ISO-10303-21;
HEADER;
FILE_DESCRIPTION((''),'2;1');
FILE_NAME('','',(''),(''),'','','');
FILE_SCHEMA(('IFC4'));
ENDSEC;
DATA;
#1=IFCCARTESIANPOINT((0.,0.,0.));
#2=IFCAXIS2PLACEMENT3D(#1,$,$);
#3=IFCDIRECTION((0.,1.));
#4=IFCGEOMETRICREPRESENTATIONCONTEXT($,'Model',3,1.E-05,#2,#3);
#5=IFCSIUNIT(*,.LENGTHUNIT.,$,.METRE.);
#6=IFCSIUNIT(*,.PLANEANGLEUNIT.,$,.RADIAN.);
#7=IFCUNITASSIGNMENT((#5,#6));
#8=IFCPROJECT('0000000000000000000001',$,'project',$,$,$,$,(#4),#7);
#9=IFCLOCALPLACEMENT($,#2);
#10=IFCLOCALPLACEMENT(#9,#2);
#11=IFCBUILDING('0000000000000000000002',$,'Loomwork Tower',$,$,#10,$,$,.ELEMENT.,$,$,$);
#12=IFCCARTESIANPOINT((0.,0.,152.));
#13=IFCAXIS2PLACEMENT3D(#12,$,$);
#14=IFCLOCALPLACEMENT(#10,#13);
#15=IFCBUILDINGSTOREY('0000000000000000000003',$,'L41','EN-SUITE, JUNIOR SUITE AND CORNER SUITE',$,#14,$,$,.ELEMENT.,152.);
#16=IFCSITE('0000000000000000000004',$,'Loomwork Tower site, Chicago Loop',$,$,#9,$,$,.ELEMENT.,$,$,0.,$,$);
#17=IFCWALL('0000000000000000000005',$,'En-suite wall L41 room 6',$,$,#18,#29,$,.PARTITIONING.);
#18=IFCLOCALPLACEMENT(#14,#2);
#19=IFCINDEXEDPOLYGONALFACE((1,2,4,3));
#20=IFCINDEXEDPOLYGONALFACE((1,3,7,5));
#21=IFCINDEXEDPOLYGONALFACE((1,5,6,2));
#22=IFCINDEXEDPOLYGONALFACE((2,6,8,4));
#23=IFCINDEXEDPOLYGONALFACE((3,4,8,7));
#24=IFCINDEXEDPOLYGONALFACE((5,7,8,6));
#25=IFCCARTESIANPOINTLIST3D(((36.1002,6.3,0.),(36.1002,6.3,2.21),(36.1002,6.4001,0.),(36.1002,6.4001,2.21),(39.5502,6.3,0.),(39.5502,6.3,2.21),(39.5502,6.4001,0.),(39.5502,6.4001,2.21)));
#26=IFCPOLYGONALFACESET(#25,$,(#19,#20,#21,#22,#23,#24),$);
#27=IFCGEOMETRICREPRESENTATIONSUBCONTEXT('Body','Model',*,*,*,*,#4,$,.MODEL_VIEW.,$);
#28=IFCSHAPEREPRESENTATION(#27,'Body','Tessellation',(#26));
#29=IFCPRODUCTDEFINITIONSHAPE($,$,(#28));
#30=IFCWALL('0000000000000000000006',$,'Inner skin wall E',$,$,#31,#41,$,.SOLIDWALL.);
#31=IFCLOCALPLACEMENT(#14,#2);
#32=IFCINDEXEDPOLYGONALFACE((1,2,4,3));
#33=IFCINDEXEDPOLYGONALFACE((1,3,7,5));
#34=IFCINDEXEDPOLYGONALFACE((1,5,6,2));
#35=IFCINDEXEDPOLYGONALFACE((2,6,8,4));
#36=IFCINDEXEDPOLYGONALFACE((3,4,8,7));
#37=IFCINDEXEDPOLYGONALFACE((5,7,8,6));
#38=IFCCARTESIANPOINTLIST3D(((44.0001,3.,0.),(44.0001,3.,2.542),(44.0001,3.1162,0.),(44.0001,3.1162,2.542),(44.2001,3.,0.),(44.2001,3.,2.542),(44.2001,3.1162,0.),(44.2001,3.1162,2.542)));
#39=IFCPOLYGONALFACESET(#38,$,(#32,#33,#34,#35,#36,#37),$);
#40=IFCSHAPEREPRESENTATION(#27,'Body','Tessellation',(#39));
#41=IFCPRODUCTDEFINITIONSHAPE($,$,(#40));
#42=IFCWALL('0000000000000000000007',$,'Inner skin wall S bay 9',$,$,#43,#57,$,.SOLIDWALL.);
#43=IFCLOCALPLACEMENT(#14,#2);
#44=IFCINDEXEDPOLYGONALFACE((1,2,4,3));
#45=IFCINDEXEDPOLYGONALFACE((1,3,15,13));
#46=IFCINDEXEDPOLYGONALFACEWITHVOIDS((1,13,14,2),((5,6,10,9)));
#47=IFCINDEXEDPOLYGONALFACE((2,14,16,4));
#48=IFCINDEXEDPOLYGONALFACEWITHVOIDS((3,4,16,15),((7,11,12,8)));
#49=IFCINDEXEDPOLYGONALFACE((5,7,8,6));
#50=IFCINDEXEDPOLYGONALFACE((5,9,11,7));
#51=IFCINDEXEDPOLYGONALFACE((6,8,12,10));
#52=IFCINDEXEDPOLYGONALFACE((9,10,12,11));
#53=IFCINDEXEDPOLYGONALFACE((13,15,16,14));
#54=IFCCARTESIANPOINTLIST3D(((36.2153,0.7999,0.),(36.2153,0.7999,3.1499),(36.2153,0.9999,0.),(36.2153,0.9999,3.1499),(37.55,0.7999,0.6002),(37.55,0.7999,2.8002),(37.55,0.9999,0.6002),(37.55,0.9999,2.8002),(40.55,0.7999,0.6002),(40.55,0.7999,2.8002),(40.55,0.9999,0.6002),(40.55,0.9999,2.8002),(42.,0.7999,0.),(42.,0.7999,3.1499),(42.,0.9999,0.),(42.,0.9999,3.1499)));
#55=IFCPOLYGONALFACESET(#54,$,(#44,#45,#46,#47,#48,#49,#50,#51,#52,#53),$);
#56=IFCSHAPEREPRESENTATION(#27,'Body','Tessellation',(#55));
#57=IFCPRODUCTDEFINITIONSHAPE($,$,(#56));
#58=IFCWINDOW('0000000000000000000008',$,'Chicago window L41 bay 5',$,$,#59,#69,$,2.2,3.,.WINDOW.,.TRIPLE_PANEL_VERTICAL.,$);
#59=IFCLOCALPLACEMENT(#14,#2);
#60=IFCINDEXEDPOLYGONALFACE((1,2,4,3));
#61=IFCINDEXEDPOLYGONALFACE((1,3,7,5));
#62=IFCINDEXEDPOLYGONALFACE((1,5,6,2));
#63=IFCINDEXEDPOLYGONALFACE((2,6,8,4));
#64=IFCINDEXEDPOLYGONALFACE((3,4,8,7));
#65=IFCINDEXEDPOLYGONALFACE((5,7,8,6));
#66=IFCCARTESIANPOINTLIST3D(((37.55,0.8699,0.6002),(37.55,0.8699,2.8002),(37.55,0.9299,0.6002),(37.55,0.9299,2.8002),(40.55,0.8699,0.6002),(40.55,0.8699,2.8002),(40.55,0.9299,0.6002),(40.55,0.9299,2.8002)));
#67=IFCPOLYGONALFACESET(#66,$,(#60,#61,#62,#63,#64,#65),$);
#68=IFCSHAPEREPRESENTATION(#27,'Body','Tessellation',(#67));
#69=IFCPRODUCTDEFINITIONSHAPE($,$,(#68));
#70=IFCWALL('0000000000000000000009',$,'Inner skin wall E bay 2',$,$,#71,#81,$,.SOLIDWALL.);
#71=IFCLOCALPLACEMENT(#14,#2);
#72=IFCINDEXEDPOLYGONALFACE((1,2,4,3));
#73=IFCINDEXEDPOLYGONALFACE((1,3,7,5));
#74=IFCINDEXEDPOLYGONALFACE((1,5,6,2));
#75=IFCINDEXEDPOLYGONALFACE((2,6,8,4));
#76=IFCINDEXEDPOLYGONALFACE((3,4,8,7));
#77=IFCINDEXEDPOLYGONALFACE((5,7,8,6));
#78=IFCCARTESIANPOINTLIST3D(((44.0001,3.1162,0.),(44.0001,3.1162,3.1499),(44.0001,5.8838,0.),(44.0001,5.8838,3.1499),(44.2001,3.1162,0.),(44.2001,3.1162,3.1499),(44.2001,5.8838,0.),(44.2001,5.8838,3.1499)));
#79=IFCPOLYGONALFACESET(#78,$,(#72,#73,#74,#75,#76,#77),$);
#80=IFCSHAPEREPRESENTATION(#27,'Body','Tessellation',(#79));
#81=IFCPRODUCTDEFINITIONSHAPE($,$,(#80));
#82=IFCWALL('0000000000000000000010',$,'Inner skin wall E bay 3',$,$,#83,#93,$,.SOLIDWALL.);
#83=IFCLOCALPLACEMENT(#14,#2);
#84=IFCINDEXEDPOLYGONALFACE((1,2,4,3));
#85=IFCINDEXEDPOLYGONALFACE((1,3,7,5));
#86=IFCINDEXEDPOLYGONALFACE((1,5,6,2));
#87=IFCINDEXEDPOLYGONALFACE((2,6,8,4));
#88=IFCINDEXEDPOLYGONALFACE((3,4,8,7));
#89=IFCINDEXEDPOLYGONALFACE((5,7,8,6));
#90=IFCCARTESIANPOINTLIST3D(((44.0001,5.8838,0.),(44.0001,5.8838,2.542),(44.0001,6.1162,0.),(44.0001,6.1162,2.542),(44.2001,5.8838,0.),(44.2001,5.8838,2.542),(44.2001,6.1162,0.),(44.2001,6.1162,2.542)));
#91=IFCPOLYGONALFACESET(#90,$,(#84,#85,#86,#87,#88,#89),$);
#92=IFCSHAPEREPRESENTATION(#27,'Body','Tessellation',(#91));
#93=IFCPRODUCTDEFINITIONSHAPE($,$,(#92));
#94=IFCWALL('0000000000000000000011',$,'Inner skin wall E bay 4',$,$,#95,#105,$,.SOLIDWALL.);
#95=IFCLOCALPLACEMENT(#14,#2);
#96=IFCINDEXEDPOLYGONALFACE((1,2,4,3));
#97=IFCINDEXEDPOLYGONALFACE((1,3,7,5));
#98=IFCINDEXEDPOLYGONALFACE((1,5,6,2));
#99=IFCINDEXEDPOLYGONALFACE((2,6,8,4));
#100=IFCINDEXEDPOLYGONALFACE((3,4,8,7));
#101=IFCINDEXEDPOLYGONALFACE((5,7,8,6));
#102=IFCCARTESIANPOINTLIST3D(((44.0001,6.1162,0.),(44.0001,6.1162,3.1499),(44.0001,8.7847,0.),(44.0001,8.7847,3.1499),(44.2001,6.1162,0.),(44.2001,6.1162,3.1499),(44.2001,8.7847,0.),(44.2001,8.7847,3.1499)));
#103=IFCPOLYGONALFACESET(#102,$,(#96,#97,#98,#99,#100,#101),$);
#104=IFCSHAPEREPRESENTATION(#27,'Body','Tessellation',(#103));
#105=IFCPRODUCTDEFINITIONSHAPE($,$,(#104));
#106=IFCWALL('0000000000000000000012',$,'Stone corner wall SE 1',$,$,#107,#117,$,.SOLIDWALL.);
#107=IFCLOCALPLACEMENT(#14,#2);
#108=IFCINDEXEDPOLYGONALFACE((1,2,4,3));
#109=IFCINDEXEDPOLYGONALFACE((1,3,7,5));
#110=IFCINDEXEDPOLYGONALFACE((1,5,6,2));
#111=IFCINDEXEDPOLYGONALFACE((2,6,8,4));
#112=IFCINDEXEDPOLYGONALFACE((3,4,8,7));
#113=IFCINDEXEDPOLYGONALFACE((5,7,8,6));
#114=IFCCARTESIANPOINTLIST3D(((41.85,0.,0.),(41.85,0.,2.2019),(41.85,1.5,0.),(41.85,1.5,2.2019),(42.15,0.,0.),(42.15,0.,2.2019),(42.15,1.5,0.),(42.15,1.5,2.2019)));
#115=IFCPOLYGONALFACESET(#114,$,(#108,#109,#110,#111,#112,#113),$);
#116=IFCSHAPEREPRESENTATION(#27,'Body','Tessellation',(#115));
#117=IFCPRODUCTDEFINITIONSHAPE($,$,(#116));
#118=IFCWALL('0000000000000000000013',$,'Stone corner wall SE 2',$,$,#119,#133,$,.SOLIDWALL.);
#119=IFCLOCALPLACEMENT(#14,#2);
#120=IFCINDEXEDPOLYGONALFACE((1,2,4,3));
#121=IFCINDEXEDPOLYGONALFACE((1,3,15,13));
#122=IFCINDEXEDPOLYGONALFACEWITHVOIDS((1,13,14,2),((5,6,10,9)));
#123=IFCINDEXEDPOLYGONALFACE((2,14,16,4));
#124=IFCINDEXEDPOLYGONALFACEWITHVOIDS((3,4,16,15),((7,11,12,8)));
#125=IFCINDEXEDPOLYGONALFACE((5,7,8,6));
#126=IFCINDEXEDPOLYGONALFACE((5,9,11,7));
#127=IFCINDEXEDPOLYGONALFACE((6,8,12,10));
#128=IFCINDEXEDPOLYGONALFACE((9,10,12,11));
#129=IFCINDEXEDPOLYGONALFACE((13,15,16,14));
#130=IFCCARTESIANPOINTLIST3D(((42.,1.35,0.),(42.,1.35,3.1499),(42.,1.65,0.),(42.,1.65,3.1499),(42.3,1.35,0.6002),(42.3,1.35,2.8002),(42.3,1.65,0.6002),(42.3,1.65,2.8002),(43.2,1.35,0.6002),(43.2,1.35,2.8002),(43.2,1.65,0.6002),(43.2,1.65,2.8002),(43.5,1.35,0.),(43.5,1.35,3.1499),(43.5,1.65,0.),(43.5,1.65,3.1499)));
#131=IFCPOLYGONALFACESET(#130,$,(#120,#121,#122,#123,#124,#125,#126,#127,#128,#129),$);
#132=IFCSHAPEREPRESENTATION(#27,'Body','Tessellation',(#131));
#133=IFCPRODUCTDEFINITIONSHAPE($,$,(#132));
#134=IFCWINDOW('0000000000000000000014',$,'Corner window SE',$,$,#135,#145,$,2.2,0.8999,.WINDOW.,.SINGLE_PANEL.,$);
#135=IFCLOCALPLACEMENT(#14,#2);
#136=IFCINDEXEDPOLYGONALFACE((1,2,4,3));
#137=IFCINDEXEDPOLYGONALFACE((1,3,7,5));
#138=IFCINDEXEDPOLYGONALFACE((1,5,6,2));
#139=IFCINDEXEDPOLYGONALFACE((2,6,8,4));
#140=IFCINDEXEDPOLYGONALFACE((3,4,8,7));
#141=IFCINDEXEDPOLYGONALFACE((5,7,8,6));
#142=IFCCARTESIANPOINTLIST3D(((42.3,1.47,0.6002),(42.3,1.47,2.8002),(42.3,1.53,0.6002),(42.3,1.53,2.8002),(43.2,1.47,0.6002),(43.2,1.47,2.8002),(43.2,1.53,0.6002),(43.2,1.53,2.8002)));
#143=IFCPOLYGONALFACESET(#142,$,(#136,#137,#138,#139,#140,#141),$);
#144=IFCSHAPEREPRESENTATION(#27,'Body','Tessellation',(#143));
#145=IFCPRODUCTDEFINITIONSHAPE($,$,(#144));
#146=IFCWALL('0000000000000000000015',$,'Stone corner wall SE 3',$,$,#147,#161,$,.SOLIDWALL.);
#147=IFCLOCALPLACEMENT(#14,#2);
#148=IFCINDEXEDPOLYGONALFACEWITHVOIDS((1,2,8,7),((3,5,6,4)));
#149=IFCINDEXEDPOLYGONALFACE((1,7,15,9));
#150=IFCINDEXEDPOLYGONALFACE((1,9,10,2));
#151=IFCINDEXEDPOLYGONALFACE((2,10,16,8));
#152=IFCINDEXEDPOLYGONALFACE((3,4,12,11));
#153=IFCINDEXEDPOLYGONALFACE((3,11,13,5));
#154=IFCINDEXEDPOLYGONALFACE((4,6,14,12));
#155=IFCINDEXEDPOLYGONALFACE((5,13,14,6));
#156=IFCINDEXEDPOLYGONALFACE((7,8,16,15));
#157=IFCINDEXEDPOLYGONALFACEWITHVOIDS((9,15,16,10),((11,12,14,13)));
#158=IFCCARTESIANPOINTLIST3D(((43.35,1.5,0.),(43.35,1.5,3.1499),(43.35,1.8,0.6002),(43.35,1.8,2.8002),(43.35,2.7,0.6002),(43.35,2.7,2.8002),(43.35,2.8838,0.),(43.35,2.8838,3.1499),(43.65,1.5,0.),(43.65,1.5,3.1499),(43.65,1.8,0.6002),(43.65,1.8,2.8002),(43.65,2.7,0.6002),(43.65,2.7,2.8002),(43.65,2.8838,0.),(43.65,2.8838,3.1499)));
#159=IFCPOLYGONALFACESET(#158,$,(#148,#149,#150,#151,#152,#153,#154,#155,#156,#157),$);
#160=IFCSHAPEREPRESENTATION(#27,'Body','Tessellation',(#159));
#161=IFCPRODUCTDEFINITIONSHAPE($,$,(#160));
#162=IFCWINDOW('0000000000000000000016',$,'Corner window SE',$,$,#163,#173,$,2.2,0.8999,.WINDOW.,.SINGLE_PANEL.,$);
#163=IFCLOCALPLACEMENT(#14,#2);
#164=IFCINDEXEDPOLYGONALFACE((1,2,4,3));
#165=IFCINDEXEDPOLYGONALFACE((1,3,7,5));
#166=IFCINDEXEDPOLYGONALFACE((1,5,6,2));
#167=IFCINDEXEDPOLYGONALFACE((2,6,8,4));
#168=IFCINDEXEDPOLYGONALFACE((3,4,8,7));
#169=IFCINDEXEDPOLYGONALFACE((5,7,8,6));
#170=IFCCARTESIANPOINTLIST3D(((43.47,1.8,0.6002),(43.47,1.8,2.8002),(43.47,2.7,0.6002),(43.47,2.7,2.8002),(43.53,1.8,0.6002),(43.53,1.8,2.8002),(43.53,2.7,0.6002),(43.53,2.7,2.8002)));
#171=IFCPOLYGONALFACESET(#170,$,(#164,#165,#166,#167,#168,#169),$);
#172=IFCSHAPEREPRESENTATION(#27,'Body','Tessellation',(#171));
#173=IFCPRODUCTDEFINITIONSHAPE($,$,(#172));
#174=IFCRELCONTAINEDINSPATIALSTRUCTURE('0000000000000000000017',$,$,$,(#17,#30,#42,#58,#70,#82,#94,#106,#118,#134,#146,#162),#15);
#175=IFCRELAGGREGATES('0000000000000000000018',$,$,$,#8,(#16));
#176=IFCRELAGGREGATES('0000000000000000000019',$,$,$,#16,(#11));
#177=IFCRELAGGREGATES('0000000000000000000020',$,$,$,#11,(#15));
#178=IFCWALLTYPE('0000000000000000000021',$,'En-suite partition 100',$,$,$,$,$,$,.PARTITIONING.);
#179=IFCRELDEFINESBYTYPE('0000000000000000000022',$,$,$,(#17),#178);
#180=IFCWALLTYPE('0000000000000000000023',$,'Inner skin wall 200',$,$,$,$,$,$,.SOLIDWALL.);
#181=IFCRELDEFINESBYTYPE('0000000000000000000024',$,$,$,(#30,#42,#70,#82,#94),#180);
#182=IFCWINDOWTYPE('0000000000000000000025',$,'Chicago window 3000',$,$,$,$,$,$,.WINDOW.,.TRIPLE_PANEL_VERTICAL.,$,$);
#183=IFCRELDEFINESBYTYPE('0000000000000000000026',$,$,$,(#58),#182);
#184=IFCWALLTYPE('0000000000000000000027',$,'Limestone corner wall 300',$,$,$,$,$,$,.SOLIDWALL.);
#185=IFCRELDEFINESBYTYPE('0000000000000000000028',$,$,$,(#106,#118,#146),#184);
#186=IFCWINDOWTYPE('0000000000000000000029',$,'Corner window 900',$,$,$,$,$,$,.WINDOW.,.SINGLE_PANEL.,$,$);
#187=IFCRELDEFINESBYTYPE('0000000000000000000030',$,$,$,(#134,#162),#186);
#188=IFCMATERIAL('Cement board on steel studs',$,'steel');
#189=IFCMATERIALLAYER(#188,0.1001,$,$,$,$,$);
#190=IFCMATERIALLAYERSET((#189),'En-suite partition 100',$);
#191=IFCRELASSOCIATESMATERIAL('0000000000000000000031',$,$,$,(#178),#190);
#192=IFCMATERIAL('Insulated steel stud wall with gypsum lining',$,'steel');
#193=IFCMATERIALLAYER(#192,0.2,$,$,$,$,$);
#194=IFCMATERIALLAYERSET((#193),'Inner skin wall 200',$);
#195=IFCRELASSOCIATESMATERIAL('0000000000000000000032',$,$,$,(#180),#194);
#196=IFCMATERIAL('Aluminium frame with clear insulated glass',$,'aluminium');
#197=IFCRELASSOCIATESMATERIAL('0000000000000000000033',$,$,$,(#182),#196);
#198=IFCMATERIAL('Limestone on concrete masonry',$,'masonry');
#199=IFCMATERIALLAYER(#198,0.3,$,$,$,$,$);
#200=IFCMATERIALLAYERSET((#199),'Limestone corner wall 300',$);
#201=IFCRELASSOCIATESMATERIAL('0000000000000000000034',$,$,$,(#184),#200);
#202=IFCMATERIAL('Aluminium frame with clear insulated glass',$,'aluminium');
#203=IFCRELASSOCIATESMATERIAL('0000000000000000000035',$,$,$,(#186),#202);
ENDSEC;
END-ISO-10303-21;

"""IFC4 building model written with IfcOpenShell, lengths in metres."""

from ifc_helpers import new_model, si_unit, direction, frame, frame_2d, origin, place, context, subcontext, project, spatial, rectangle, extrude, material, layer, layer_set, type_object, element, fill, save


model = new_model("IFC4")

# Units and contexts
model_context = context("Model", 3, precision=1e-05, world=origin(), true_north=direction((0.0, 1.0)))
body_context = subcontext(model_context, "Body", "Model", "MODEL_VIEW")
ifc_project = project(units=[si_unit("LENGTHUNIT", "METRE"), si_unit("PLANEANGLEUNIT", "RADIAN")], contexts=[model_context])

# Site, building, storey
site_placement = place(None, origin())
site = spatial("IfcSite", under=ifc_project, at=site_placement, Name="Loomwork Tower site, Chicago Loop", CompositionType="ELEMENT", RefElevation=0.0)
building_placement = place(site_placement, origin())
building = spatial("IfcBuilding", under=site, at=building_placement, Name="Loomwork Tower", CompositionType="ELEMENT")
storey_placement = place(building_placement, frame((0.0, 0.0, 152.0)))
storey = spatial("IfcBuildingStorey", under=building, at=storey_placement, Name="L41", Description="EN-SUITE, JUNIOR SUITE AND CORNER SUITE", CompositionType="ELEMENT", Elevation=152.0)

# Walls
ifc_material_1 = material(Name="Cement board on steel studs", Category="steel")
ifc_layer_1 = layer(ifc_material_1, 0.1001)
ifc_layer_set_1 = layer_set([ifc_layer_1], Name="En-suite partition 100")
wall_type_1 = type_object("IfcWallType", Name="En-suite partition 100", PredefinedType="PARTITIONING", material=ifc_layer_set_1)
wall_1_placement = place(storey_placement, frame((36.1001, 6.3501, 0.0), z_axis=(0.0, 0.0, 1.0), x_axis=(1.0, 0.0, 0.0)))
element("IfcWall", 1, at=wall_1_placement, inside=storey, type_object=wall_type_1, Name="En-suite wall L41 room 6", PredefinedType="PARTITIONING", context=body_context, shape_type="SweptSolid", body=[
    extrude(rectangle(XDim=3.45, YDim=0.1001, at=frame_2d((1.7251, 0.0))), origin(), (0.0, 0.0, 1.0), 2.21),
])
ifc_material_2 = material(Name="Insulated steel stud wall with gypsum lining", Category="steel")
ifc_layer_2 = layer(ifc_material_2, 0.2)
ifc_layer_set_2 = layer_set([ifc_layer_2], Name="Inner skin wall 200")
wall_type_2 = type_object("IfcWallType", Name="Inner skin wall 200", PredefinedType="SOLIDWALL", material=ifc_layer_set_2)
wall_2_placement = place(storey_placement, frame((44.1001, 3.0, 0.0), z_axis=(0.0, 0.0, 1.0), x_axis=(0.0, 1.0, 0.0)))
element("IfcWall", 2, at=wall_2_placement, inside=storey, type_object=wall_type_2, Name="Inner skin wall E", PredefinedType="SOLIDWALL", context=body_context, shape_type="SweptSolid", body=[
    extrude(rectangle(XDim=0.1162, YDim=0.2, at=frame_2d((0.0581, 0.0))), origin(), (0.0, 0.0, 1.0), 2.542),
])

# Wall, opening, window
wall_3_placement = place(storey_placement, frame((36.2153, 0.8999, 0.0), z_axis=(0.0, 0.0, 1.0), x_axis=(1.0, 0.0, 0.0)))
wall_3 = element("IfcWall", 3, at=wall_3_placement, inside=storey, type_object=wall_type_2, Name="Inner skin wall S bay 9", PredefinedType="SOLIDWALL", context=body_context, shape_type="SweptSolid", body=[
    extrude(rectangle(XDim=5.7847, YDim=0.2, at=frame_2d((2.8923, 0.0))), origin(), (0.0, 0.0, 1.0), 3.1499),
])
opening_1_placement = place(wall_3_placement, frame((1.3347, 0.0, 0.6001)))
opening_1 = element("IfcOpeningElement", 4, at=opening_1_placement, cuts=wall_3, PredefinedType="OPENING", context=body_context, shape_type="SweptSolid", body=[
    extrude(rectangle(XDim=3.0, YDim=2.2, at=frame_2d((1.5, 1.1001))), frame((0.0, 0.1099, 0.0), z_axis=(0.0, -1.0, 0.0), x_axis=(1.0, 0.0, 0.0)), (0.0, 0.0, 1.0), 0.22),
])
ifc_material_3 = material(Name="Aluminium frame with clear insulated glass", Category="aluminium")
window_type_1 = type_object("IfcWindowType", Name="Chicago window 3000", PartitioningType="TRIPLE_PANEL_VERTICAL", PredefinedType="WINDOW", material=ifc_material_3)
window_1_placement = place(opening_1_placement, origin())
window_1 = element("IfcWindow", 5, at=window_1_placement, inside=storey, type_object=window_type_1, Name="Chicago window L41 bay 5", OverallHeight=2.2, OverallWidth=3.0, PartitioningType="TRIPLE_PANEL_VERTICAL", PredefinedType="WINDOW", context=body_context, shape_type="SweptSolid", body=[
    extrude(rectangle(XDim=3.0, YDim=2.2, at=frame_2d((1.5, 1.1001))), frame((0.0, 0.03, 0.0), z_axis=(0.0, -1.0, 0.0), x_axis=(1.0, 0.0, 0.0)), (0.0, 0.0, 1.0), 0.0601),
])
fill(opening_1, window_1)

# Walls
wall_4_placement = place(storey_placement, frame((44.1001, 3.1162, 0.0), z_axis=(0.0, 0.0, 1.0), x_axis=(0.0, 1.0, 0.0)))
element("IfcWall", 6, at=wall_4_placement, inside=storey, type_object=wall_type_2, Name="Inner skin wall E bay 2", PredefinedType="SOLIDWALL", context=body_context, shape_type="SweptSolid", body=[
    extrude(rectangle(XDim=2.7676, YDim=0.2, at=frame_2d((1.3838, 0.0))), origin(), (0.0, 0.0, 1.0), 3.1499),
])
wall_5_placement = place(storey_placement, frame((44.1001, 5.8838, 0.0), z_axis=(0.0, 0.0, 1.0), x_axis=(0.0, 1.0, 0.0)))
element("IfcWall", 7, at=wall_5_placement, inside=storey, type_object=wall_type_2, Name="Inner skin wall E bay 3", PredefinedType="SOLIDWALL", context=body_context, shape_type="SweptSolid", body=[
    extrude(rectangle(XDim=0.2324, YDim=0.2, at=frame_2d((0.1162, 0.0))), origin(), (0.0, 0.0, 1.0), 2.542),
])
wall_6_placement = place(storey_placement, frame((44.1001, 6.1162, 0.0), z_axis=(0.0, 0.0, 1.0), x_axis=(0.0, 1.0, 0.0)))
element("IfcWall", 8, at=wall_6_placement, inside=storey, type_object=wall_type_2, Name="Inner skin wall E bay 4", PredefinedType="SOLIDWALL", context=body_context, shape_type="SweptSolid", body=[
    extrude(rectangle(XDim=2.6685, YDim=0.2, at=frame_2d((1.3342, 0.0))), origin(), (0.0, 0.0, 1.0), 3.1499),
])
ifc_material_4 = material(Name="Limestone on concrete masonry", Category="masonry")
ifc_layer_3 = layer(ifc_material_4, 0.3)
ifc_layer_set_3 = layer_set([ifc_layer_3], Name="Limestone corner wall 300")
wall_type_3 = type_object("IfcWallType", Name="Limestone corner wall 300", PredefinedType="SOLIDWALL", material=ifc_layer_set_3)
wall_7_placement = place(storey_placement, frame((42.0, 0.0, 0.0), z_axis=(0.0, 0.0, 1.0), x_axis=(0.0, 1.0, 0.0)))
element("IfcWall", 9, at=wall_7_placement, inside=storey, type_object=wall_type_3, Name="Stone corner wall SE 1", PredefinedType="SOLIDWALL", context=body_context, shape_type="SweptSolid", body=[
    extrude(rectangle(XDim=1.5, YDim=0.3, at=frame_2d((0.75, 0.0))), origin(), (0.0, 0.0, 1.0), 2.2019),
])

# Walls, openings, windows
wall_8_placement = place(storey_placement, frame((42.0, 1.5, 0.0), z_axis=(0.0, 0.0, 1.0), x_axis=(1.0, 0.0, 0.0)))
wall_8 = element("IfcWall", 10, at=wall_8_placement, inside=storey, type_object=wall_type_3, Name="Stone corner wall SE 2", PredefinedType="SOLIDWALL", context=body_context, shape_type="SweptSolid", body=[
    extrude(rectangle(XDim=1.5, YDim=0.3, at=frame_2d((0.75, 0.0))), origin(), (0.0, 0.0, 1.0), 3.1499),
])
opening_2_placement = place(wall_8_placement, frame((0.3, 0.0, 0.6001)))
opening_2 = element("IfcOpeningElement", 11, at=opening_2_placement, cuts=wall_8, PredefinedType="OPENING", context=body_context, shape_type="SweptSolid", body=[
    extrude(rectangle(XDim=0.8999, YDim=2.2, at=frame_2d((0.45, 1.1001))), frame((0.0, 0.1599, 0.0), z_axis=(0.0, -1.0, 0.0), x_axis=(1.0, 0.0, 0.0)), (0.0, 0.0, 1.0), 0.3201),
])
ifc_material_5 = material(Name="Aluminium frame with clear insulated glass", Category="aluminium")
window_type_2 = type_object("IfcWindowType", Name="Corner window 900", PartitioningType="SINGLE_PANEL", PredefinedType="WINDOW", material=ifc_material_5)
window_2_placement = place(opening_2_placement, origin())
window_2 = element("IfcWindow", 12, at=window_2_placement, inside=storey, type_object=window_type_2, Name="Corner window SE", OverallHeight=2.2, OverallWidth=0.8999, PartitioningType="SINGLE_PANEL", PredefinedType="WINDOW", context=body_context, shape_type="SweptSolid", body=[
    extrude(rectangle(XDim=0.8999, YDim=2.2, at=frame_2d((0.45, 1.1001))), frame((0.0, 0.03, 0.0), z_axis=(0.0, -1.0, 0.0), x_axis=(1.0, 0.0, 0.0)), (0.0, 0.0, 1.0), 0.0601),
])
fill(opening_2, window_2)
wall_9_placement = place(storey_placement, frame((43.5, 1.5, 0.0), z_axis=(0.0, 0.0, 1.0), x_axis=(0.0, 1.0, 0.0)))
wall_9 = element("IfcWall", 13, at=wall_9_placement, inside=storey, type_object=wall_type_3, Name="Stone corner wall SE 3", PredefinedType="SOLIDWALL", context=body_context, shape_type="SweptSolid", body=[
    extrude(rectangle(XDim=1.3838, YDim=0.3, at=frame_2d((0.6919, 0.0))), origin(), (0.0, 0.0, 1.0), 3.1499),
])
opening_3_placement = place(wall_9_placement, frame((0.3, 0.0, 0.6001)))
opening_3 = element("IfcOpeningElement", 14, at=opening_3_placement, cuts=wall_9, PredefinedType="OPENING", context=body_context, shape_type="SweptSolid", body=[
    extrude(rectangle(XDim=0.8999, YDim=2.2, at=frame_2d((0.45, 1.1001))), frame((0.0, 0.1599, 0.0), z_axis=(0.0, -1.0, 0.0), x_axis=(1.0, 0.0, 0.0)), (0.0, 0.0, 1.0), 0.3201),
])
window_3_placement = place(opening_3_placement, origin())
window_3 = element("IfcWindow", 15, at=window_3_placement, inside=storey, type_object=window_type_2, Name="Corner window SE", OverallHeight=2.2, OverallWidth=0.8999, PartitioningType="SINGLE_PANEL", PredefinedType="WINDOW", context=body_context, shape_type="SweptSolid", body=[
    extrude(rectangle(XDim=0.8999, YDim=2.2, at=frame_2d((0.45, 1.1001))), frame((0.0, 0.03, 0.0), z_axis=(0.0, -1.0, 0.0), x_axis=(1.0, 0.0, 0.0)), (0.0, 0.0, 1.0), 0.0601),
])
fill(opening_3, window_3)

save(model, "model.ifc")
